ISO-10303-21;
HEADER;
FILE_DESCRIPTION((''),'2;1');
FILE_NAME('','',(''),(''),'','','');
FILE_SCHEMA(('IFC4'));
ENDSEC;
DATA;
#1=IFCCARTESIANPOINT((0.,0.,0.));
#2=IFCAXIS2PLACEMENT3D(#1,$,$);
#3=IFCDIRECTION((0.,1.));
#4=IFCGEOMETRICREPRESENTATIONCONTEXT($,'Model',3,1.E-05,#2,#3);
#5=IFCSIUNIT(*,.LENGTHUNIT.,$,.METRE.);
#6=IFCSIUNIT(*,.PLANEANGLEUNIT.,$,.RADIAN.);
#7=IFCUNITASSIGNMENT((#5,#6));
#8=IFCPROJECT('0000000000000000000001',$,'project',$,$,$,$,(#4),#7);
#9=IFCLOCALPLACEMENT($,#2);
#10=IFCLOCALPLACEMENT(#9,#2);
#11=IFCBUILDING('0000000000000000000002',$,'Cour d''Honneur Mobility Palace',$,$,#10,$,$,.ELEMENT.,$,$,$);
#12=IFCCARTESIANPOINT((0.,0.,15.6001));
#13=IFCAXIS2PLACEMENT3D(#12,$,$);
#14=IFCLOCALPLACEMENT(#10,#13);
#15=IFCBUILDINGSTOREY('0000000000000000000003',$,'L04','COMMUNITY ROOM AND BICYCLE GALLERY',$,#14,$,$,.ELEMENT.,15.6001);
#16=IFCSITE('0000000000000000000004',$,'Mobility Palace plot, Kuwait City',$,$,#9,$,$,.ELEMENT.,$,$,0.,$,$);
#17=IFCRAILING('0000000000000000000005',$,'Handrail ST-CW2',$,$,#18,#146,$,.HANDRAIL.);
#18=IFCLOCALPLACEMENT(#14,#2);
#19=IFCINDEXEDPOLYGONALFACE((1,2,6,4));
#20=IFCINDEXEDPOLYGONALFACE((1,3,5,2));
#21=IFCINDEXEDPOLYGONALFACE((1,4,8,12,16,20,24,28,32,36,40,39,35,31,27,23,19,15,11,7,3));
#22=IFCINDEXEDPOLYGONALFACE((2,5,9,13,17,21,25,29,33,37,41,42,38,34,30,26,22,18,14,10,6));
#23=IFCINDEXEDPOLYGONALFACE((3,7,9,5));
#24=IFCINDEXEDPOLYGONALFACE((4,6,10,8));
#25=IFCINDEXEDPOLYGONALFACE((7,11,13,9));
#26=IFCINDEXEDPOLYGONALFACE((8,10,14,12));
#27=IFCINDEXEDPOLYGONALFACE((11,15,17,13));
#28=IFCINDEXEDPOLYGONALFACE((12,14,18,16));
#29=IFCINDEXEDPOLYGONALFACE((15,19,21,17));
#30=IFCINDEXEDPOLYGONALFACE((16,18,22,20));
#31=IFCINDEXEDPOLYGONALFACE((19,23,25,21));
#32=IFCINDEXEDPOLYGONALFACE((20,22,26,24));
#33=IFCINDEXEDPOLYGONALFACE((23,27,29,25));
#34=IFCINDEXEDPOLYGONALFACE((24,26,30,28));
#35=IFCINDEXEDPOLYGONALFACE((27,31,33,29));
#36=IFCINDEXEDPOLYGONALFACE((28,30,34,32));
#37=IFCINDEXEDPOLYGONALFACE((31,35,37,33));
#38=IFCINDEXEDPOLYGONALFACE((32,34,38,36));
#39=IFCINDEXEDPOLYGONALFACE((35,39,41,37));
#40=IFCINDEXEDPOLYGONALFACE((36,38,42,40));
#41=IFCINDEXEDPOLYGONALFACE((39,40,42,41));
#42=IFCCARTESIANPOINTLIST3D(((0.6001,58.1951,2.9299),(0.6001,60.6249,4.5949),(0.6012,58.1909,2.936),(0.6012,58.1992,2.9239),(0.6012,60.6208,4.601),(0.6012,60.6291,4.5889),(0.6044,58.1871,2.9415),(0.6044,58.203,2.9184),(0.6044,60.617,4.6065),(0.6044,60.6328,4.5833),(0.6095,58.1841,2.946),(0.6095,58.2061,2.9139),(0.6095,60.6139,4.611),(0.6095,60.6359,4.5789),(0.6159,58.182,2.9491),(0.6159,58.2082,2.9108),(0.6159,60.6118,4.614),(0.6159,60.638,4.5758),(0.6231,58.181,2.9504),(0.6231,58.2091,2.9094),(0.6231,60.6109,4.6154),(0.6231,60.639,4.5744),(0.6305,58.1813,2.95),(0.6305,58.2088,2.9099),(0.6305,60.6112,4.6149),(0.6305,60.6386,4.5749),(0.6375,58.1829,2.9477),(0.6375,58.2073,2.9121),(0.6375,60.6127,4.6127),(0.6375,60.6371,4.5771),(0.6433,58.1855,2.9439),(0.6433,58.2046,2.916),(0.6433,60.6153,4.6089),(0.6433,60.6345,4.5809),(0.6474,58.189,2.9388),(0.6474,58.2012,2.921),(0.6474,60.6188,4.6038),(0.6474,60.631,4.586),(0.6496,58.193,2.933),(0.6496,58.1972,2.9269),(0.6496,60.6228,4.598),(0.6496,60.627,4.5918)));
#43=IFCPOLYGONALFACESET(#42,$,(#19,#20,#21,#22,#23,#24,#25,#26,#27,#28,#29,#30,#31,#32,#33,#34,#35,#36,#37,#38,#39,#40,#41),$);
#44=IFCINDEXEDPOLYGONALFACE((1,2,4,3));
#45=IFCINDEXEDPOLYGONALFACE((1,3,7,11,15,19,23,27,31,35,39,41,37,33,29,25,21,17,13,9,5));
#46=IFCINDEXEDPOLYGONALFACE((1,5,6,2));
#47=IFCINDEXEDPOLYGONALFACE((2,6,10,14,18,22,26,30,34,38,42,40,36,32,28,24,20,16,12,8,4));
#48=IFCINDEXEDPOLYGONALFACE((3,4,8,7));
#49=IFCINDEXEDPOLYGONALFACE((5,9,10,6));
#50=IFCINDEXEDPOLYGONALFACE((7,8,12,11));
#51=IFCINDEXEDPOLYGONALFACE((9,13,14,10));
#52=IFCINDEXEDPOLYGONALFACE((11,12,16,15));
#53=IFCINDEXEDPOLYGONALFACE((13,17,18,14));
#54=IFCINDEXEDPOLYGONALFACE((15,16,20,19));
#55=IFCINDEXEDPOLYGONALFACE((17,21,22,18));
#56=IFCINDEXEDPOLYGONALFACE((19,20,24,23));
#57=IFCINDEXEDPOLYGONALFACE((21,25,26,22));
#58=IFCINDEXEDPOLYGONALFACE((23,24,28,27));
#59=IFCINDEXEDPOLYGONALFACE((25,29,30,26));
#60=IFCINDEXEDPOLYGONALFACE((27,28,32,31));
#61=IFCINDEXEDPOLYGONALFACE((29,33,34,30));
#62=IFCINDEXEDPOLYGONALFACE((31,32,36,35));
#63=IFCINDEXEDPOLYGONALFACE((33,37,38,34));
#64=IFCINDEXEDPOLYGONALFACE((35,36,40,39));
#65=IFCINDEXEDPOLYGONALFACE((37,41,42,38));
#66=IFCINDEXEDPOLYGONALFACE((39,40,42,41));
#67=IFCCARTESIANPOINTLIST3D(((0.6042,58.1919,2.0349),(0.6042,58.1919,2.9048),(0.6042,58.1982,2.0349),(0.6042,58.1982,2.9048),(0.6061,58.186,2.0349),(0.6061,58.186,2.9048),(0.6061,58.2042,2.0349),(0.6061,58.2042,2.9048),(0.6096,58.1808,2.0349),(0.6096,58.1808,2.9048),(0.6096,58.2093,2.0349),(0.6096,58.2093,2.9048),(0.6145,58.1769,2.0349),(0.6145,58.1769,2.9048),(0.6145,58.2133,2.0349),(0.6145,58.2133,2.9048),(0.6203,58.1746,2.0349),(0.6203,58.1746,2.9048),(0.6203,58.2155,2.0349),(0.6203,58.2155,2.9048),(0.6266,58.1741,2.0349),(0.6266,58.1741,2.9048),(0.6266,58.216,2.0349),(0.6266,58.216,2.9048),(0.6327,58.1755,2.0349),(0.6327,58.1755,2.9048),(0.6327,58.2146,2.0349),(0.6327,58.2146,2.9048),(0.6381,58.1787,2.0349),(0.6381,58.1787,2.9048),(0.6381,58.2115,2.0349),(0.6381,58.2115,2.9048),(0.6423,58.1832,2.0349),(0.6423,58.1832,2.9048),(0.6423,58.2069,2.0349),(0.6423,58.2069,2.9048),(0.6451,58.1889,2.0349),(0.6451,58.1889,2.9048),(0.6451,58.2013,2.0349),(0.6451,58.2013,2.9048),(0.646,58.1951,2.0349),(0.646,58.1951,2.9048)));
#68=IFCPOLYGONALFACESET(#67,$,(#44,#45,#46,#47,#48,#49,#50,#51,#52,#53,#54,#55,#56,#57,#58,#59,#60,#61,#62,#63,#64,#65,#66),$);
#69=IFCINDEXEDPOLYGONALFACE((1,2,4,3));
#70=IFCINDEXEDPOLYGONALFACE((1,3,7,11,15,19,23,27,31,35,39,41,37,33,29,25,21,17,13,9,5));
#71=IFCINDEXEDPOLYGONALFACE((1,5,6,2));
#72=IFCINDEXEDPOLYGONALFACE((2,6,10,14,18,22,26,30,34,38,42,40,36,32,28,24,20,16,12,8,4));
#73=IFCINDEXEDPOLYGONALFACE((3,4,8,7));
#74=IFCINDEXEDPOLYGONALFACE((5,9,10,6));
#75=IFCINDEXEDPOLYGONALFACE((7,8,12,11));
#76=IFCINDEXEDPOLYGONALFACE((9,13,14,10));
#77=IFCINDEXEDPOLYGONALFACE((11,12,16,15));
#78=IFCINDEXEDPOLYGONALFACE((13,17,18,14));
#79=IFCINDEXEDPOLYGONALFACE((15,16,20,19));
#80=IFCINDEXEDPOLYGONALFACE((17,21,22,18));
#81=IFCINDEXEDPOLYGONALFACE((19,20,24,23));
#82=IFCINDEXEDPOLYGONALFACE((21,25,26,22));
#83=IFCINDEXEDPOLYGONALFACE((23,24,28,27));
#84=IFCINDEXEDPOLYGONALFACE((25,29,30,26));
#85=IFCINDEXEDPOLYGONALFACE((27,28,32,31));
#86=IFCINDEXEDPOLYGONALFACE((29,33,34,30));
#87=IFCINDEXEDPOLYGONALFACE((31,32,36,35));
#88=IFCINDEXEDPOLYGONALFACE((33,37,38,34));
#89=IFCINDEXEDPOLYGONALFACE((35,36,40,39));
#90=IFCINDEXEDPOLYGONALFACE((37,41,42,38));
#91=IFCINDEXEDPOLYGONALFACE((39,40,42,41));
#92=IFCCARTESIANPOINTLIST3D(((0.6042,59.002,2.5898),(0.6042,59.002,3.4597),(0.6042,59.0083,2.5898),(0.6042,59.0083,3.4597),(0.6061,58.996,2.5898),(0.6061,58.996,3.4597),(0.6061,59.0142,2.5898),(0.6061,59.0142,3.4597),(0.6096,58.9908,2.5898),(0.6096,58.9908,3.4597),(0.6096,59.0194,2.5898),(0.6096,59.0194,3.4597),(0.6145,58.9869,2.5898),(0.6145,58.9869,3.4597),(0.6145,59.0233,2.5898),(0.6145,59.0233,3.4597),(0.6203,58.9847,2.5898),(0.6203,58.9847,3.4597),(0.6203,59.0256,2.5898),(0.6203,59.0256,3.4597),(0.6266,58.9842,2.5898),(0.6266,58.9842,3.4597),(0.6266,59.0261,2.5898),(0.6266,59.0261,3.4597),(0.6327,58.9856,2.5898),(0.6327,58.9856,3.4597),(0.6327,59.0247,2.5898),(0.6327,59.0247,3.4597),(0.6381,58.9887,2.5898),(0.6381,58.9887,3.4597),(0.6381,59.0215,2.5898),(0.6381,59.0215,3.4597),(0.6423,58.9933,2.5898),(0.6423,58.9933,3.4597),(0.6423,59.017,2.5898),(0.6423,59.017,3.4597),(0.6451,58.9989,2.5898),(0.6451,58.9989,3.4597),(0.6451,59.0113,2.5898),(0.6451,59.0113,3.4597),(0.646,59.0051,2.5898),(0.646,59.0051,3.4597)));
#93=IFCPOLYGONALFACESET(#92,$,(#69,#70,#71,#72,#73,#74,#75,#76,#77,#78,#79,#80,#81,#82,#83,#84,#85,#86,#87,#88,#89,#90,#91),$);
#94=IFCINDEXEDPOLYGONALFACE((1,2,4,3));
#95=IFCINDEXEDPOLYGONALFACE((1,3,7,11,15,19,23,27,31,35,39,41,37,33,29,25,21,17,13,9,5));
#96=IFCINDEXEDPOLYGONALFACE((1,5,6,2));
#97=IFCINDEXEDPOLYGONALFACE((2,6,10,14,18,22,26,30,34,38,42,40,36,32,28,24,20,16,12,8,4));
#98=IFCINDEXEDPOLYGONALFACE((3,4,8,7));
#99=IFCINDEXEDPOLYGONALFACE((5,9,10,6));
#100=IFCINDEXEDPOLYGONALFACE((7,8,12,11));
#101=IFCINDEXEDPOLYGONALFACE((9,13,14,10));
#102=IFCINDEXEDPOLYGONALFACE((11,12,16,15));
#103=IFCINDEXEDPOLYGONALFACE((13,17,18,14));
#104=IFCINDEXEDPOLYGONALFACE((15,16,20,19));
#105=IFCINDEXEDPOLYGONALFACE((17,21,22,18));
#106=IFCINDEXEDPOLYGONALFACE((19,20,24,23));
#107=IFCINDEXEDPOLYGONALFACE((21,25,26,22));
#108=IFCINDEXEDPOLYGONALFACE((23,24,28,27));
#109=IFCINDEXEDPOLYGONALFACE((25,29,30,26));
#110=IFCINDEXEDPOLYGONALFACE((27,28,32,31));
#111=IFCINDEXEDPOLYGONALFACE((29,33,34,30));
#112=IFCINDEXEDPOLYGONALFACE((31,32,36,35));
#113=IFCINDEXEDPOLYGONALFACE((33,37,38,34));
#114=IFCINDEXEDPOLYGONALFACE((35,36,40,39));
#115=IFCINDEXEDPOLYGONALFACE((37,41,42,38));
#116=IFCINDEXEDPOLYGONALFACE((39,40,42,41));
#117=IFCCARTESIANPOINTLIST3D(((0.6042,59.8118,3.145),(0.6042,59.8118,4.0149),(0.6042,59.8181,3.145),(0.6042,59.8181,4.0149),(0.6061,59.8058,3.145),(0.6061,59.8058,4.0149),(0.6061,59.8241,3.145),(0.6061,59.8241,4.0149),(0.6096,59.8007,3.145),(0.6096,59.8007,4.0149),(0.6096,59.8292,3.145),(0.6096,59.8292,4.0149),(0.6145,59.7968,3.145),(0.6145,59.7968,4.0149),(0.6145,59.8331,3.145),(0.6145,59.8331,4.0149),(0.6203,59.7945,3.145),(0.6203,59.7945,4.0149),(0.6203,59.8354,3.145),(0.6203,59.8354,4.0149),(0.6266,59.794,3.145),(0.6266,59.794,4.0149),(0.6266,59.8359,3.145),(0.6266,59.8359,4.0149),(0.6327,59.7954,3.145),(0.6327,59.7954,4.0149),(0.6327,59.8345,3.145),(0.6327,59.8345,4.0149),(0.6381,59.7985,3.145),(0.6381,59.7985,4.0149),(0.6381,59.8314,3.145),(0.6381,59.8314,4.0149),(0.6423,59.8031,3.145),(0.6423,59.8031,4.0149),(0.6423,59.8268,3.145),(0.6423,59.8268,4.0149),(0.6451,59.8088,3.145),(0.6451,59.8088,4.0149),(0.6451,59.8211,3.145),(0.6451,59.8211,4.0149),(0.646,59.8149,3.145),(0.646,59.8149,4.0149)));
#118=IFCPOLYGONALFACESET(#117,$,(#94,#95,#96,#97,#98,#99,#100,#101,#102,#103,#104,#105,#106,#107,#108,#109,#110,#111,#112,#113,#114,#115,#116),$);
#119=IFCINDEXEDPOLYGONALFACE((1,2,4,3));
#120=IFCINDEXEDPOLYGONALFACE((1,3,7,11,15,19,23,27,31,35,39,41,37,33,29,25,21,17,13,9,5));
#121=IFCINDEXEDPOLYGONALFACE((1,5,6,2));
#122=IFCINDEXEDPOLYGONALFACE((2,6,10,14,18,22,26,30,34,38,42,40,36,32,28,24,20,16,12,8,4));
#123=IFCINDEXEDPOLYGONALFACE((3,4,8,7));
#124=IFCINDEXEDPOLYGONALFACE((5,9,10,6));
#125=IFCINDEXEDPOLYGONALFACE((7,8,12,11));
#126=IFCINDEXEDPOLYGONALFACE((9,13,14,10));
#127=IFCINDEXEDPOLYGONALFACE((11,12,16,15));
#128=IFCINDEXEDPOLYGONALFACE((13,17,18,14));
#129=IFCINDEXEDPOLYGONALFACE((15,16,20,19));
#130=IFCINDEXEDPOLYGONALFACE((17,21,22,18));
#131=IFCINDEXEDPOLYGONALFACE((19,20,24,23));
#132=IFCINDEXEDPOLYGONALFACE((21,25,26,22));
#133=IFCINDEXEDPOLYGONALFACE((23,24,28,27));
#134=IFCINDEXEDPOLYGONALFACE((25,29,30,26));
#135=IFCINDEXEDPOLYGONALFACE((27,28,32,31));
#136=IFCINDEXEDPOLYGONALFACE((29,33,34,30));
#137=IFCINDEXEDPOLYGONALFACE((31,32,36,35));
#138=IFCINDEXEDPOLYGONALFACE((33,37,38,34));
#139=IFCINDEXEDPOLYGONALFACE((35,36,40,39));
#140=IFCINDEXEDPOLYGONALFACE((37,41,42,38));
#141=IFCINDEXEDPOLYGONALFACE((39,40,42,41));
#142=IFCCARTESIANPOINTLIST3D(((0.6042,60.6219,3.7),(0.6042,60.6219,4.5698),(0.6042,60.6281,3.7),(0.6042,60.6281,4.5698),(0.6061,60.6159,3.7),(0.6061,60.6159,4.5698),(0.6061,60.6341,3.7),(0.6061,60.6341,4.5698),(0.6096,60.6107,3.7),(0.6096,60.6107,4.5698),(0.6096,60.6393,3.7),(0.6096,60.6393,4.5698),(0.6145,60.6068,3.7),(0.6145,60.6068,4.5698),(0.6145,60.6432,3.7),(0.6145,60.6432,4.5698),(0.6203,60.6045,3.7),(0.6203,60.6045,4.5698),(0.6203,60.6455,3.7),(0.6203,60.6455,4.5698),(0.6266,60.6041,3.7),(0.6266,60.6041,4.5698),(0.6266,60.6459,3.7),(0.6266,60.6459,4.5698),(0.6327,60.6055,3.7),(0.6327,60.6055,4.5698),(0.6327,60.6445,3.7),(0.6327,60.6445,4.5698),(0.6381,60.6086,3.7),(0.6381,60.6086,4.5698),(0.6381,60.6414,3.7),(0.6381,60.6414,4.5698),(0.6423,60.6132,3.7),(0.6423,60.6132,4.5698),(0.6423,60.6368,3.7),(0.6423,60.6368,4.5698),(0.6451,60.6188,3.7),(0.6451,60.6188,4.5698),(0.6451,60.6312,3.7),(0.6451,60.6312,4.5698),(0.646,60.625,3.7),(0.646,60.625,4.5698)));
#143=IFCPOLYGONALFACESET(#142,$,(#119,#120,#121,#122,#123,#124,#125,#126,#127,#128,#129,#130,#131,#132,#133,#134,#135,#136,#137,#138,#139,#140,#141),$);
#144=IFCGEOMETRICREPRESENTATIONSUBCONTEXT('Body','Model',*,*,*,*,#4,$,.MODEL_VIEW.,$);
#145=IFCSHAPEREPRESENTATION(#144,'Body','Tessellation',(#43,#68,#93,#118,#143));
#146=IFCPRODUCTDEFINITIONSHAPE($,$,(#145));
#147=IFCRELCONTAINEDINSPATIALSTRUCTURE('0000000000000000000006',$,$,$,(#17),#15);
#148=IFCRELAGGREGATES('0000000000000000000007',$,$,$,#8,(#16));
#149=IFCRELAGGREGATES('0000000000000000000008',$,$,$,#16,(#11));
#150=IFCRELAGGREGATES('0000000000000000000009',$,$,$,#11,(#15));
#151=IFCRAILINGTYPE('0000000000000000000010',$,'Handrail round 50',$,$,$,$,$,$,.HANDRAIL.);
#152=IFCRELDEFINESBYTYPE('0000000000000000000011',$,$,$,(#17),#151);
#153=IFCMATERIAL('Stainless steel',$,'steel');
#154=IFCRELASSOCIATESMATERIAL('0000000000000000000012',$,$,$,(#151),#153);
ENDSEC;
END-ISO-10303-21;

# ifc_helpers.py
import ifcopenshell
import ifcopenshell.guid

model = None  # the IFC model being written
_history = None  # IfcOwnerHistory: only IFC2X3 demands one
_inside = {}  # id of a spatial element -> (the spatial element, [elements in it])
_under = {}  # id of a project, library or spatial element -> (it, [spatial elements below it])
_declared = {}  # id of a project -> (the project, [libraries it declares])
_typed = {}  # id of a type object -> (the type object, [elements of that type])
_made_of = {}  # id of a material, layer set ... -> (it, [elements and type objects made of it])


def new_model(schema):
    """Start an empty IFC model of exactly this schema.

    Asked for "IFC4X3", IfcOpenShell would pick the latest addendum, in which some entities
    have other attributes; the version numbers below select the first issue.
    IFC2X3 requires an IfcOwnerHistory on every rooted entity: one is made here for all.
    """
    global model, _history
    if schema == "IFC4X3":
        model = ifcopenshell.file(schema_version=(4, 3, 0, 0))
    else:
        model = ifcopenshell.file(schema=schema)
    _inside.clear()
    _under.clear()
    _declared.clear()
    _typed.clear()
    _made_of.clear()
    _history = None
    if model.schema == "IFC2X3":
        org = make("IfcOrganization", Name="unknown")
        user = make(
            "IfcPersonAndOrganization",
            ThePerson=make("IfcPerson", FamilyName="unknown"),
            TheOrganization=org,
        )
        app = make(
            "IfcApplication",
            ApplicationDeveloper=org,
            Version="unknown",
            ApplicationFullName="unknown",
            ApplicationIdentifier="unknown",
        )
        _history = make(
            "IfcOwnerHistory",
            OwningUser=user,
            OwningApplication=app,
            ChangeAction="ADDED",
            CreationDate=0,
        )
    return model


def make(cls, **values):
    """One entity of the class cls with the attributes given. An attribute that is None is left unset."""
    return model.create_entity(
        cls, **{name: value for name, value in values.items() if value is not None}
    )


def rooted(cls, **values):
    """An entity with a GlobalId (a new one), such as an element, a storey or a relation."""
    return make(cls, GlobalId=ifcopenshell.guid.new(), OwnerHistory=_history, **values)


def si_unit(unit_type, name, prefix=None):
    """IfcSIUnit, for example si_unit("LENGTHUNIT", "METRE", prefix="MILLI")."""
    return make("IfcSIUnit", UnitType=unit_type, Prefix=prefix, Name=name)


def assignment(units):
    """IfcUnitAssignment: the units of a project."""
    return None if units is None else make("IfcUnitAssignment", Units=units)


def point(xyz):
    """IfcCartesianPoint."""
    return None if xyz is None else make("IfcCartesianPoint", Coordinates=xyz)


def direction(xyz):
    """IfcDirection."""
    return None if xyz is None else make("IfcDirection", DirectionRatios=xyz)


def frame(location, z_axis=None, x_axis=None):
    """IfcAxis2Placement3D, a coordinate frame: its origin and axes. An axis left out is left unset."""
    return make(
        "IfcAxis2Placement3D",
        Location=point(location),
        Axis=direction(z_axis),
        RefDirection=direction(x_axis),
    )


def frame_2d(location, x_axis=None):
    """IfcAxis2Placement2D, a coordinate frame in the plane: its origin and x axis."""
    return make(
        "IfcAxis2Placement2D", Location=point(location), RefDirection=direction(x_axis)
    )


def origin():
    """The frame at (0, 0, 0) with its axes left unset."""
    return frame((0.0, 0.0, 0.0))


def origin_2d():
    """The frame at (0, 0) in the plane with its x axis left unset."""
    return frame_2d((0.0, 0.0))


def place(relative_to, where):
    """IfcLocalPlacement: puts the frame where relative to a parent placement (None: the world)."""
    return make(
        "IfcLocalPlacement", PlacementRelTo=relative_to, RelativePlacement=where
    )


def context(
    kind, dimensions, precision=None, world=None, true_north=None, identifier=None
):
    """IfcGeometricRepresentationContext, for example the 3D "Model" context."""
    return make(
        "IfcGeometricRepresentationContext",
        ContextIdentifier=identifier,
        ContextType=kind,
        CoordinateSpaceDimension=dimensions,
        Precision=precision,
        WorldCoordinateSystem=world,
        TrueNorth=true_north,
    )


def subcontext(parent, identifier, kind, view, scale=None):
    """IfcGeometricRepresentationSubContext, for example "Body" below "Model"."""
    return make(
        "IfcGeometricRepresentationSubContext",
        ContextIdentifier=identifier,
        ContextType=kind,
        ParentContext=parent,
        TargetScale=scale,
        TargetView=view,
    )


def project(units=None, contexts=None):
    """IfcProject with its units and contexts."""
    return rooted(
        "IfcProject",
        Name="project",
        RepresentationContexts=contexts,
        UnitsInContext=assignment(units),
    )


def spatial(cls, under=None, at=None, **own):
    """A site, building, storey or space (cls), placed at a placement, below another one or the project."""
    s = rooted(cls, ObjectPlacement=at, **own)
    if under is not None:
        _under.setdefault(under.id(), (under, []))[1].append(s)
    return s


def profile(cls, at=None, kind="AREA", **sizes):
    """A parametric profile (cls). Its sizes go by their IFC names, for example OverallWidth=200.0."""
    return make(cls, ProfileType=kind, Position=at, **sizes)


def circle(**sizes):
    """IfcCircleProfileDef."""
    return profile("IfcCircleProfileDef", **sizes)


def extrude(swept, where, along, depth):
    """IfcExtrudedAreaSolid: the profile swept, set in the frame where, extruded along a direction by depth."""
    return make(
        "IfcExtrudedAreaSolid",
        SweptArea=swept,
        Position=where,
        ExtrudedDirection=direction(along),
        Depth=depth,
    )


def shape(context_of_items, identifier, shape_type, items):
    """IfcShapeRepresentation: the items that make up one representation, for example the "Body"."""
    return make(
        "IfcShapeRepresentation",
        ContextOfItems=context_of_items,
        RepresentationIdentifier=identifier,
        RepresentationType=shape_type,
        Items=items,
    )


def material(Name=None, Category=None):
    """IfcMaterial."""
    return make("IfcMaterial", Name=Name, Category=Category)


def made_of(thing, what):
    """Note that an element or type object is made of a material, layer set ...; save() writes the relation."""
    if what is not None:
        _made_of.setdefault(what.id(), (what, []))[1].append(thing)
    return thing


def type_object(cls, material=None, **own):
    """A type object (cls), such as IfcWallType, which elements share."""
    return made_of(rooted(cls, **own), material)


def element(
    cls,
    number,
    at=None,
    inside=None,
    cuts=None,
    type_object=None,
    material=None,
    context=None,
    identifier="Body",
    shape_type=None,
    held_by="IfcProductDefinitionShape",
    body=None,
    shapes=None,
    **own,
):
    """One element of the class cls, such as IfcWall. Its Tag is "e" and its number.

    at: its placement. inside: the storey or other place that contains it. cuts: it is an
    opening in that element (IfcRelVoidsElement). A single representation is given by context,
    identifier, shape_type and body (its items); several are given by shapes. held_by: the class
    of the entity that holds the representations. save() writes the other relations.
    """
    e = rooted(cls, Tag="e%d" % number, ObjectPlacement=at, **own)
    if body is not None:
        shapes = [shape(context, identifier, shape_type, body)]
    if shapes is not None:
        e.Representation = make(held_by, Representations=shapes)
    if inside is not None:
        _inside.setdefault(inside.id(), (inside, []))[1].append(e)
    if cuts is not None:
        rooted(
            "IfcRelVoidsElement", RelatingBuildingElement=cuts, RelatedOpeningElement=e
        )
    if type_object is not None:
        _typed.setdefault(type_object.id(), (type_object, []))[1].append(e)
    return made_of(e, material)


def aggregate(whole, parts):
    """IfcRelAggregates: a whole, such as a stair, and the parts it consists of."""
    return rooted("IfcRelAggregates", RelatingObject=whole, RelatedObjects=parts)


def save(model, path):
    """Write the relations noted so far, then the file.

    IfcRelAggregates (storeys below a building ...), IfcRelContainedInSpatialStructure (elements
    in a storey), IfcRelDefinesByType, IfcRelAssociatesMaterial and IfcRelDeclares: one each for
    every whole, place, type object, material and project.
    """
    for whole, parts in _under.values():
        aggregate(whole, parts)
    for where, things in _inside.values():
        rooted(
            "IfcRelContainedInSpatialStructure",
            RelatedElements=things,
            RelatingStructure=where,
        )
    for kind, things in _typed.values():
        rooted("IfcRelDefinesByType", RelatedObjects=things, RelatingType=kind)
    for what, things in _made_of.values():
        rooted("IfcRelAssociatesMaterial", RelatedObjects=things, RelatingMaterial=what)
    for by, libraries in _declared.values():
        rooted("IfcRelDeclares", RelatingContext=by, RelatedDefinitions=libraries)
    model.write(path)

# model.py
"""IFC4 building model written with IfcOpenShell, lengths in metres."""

from ifc_helpers import new_model, si_unit, direction, frame, origin, origin_2d, place, context, subcontext, project, spatial, circle, extrude, material, type_object, element, save


model = new_model("IFC4")

# Units and contexts
model_context = context("Model", 3, precision=1e-05, world=origin(), true_north=direction((0.0, 1.0)))
body_context = subcontext(model_context, "Body", "Model", "MODEL_VIEW")
ifc_project = project(units=[si_unit("LENGTHUNIT", "METRE"), si_unit("PLANEANGLEUNIT", "RADIAN")], contexts=[model_context])

# Site, building, storey
site_placement = place(None, origin())
site = spatial("IfcSite", under=ifc_project, at=site_placement, Name="Mobility Palace plot, Kuwait City", CompositionType="ELEMENT", RefElevation=0.0)
building_placement = place(site_placement, origin())
building = spatial("IfcBuilding", under=site, at=building_placement, Name="Cour d'Honneur Mobility Palace", CompositionType="ELEMENT")
storey_placement = place(building_placement, frame((0.0, 0.0, 15.6001)))
storey = spatial("IfcBuildingStorey", under=building, at=storey_placement, Name="L04", Description="COMMUNITY ROOM AND BICYCLE GALLERY", CompositionType="ELEMENT", Elevation=15.6001)

# Railing
ifc_material_1 = material(Name="Stainless steel", Category="steel")
railing_type_1 = type_object("IfcRailingType", Name="Handrail round 50", PredefinedType="HANDRAIL", material=ifc_material_1)
railing_1_placement = place(storey_placement, frame((0.625, 58.1951, 2.0349)))
element("IfcRailing", 1, at=railing_1_placement, inside=storey, type_object=railing_type_1, Name="Handrail ST-CW2", PredefinedType="HANDRAIL", context=body_context, shape_type="SweptSolid", body=[
    extrude(circle(Radius=0.0249, at=origin_2d()), frame((0.0, 0.0, 0.895), z_axis=(0.0, 0.824919, 0.565251), x_axis=(-1.0, 0.0, 0.0)), (0.0, 0.0, 1.0), 2.9456),
    extrude(circle(Radius=0.021, at=origin_2d()), origin(), (0.0, 0.0, 1.0), 0.8699),
    extrude(circle(Radius=0.021, at=origin_2d()), frame((0.0, 0.8101, 0.5549)), (0.0, 0.0, 1.0), 0.8699),
    extrude(circle(Radius=0.021, at=origin_2d()), frame((0.0, 1.6199, 1.1101)), (0.0, 0.0, 1.0), 0.8699),
    extrude(circle(Radius=0.021, at=origin_2d()), frame((0.0, 2.4299, 1.665)), (0.0, 0.0, 1.0), 0.8699),
])

save(model, "model.ifc")
